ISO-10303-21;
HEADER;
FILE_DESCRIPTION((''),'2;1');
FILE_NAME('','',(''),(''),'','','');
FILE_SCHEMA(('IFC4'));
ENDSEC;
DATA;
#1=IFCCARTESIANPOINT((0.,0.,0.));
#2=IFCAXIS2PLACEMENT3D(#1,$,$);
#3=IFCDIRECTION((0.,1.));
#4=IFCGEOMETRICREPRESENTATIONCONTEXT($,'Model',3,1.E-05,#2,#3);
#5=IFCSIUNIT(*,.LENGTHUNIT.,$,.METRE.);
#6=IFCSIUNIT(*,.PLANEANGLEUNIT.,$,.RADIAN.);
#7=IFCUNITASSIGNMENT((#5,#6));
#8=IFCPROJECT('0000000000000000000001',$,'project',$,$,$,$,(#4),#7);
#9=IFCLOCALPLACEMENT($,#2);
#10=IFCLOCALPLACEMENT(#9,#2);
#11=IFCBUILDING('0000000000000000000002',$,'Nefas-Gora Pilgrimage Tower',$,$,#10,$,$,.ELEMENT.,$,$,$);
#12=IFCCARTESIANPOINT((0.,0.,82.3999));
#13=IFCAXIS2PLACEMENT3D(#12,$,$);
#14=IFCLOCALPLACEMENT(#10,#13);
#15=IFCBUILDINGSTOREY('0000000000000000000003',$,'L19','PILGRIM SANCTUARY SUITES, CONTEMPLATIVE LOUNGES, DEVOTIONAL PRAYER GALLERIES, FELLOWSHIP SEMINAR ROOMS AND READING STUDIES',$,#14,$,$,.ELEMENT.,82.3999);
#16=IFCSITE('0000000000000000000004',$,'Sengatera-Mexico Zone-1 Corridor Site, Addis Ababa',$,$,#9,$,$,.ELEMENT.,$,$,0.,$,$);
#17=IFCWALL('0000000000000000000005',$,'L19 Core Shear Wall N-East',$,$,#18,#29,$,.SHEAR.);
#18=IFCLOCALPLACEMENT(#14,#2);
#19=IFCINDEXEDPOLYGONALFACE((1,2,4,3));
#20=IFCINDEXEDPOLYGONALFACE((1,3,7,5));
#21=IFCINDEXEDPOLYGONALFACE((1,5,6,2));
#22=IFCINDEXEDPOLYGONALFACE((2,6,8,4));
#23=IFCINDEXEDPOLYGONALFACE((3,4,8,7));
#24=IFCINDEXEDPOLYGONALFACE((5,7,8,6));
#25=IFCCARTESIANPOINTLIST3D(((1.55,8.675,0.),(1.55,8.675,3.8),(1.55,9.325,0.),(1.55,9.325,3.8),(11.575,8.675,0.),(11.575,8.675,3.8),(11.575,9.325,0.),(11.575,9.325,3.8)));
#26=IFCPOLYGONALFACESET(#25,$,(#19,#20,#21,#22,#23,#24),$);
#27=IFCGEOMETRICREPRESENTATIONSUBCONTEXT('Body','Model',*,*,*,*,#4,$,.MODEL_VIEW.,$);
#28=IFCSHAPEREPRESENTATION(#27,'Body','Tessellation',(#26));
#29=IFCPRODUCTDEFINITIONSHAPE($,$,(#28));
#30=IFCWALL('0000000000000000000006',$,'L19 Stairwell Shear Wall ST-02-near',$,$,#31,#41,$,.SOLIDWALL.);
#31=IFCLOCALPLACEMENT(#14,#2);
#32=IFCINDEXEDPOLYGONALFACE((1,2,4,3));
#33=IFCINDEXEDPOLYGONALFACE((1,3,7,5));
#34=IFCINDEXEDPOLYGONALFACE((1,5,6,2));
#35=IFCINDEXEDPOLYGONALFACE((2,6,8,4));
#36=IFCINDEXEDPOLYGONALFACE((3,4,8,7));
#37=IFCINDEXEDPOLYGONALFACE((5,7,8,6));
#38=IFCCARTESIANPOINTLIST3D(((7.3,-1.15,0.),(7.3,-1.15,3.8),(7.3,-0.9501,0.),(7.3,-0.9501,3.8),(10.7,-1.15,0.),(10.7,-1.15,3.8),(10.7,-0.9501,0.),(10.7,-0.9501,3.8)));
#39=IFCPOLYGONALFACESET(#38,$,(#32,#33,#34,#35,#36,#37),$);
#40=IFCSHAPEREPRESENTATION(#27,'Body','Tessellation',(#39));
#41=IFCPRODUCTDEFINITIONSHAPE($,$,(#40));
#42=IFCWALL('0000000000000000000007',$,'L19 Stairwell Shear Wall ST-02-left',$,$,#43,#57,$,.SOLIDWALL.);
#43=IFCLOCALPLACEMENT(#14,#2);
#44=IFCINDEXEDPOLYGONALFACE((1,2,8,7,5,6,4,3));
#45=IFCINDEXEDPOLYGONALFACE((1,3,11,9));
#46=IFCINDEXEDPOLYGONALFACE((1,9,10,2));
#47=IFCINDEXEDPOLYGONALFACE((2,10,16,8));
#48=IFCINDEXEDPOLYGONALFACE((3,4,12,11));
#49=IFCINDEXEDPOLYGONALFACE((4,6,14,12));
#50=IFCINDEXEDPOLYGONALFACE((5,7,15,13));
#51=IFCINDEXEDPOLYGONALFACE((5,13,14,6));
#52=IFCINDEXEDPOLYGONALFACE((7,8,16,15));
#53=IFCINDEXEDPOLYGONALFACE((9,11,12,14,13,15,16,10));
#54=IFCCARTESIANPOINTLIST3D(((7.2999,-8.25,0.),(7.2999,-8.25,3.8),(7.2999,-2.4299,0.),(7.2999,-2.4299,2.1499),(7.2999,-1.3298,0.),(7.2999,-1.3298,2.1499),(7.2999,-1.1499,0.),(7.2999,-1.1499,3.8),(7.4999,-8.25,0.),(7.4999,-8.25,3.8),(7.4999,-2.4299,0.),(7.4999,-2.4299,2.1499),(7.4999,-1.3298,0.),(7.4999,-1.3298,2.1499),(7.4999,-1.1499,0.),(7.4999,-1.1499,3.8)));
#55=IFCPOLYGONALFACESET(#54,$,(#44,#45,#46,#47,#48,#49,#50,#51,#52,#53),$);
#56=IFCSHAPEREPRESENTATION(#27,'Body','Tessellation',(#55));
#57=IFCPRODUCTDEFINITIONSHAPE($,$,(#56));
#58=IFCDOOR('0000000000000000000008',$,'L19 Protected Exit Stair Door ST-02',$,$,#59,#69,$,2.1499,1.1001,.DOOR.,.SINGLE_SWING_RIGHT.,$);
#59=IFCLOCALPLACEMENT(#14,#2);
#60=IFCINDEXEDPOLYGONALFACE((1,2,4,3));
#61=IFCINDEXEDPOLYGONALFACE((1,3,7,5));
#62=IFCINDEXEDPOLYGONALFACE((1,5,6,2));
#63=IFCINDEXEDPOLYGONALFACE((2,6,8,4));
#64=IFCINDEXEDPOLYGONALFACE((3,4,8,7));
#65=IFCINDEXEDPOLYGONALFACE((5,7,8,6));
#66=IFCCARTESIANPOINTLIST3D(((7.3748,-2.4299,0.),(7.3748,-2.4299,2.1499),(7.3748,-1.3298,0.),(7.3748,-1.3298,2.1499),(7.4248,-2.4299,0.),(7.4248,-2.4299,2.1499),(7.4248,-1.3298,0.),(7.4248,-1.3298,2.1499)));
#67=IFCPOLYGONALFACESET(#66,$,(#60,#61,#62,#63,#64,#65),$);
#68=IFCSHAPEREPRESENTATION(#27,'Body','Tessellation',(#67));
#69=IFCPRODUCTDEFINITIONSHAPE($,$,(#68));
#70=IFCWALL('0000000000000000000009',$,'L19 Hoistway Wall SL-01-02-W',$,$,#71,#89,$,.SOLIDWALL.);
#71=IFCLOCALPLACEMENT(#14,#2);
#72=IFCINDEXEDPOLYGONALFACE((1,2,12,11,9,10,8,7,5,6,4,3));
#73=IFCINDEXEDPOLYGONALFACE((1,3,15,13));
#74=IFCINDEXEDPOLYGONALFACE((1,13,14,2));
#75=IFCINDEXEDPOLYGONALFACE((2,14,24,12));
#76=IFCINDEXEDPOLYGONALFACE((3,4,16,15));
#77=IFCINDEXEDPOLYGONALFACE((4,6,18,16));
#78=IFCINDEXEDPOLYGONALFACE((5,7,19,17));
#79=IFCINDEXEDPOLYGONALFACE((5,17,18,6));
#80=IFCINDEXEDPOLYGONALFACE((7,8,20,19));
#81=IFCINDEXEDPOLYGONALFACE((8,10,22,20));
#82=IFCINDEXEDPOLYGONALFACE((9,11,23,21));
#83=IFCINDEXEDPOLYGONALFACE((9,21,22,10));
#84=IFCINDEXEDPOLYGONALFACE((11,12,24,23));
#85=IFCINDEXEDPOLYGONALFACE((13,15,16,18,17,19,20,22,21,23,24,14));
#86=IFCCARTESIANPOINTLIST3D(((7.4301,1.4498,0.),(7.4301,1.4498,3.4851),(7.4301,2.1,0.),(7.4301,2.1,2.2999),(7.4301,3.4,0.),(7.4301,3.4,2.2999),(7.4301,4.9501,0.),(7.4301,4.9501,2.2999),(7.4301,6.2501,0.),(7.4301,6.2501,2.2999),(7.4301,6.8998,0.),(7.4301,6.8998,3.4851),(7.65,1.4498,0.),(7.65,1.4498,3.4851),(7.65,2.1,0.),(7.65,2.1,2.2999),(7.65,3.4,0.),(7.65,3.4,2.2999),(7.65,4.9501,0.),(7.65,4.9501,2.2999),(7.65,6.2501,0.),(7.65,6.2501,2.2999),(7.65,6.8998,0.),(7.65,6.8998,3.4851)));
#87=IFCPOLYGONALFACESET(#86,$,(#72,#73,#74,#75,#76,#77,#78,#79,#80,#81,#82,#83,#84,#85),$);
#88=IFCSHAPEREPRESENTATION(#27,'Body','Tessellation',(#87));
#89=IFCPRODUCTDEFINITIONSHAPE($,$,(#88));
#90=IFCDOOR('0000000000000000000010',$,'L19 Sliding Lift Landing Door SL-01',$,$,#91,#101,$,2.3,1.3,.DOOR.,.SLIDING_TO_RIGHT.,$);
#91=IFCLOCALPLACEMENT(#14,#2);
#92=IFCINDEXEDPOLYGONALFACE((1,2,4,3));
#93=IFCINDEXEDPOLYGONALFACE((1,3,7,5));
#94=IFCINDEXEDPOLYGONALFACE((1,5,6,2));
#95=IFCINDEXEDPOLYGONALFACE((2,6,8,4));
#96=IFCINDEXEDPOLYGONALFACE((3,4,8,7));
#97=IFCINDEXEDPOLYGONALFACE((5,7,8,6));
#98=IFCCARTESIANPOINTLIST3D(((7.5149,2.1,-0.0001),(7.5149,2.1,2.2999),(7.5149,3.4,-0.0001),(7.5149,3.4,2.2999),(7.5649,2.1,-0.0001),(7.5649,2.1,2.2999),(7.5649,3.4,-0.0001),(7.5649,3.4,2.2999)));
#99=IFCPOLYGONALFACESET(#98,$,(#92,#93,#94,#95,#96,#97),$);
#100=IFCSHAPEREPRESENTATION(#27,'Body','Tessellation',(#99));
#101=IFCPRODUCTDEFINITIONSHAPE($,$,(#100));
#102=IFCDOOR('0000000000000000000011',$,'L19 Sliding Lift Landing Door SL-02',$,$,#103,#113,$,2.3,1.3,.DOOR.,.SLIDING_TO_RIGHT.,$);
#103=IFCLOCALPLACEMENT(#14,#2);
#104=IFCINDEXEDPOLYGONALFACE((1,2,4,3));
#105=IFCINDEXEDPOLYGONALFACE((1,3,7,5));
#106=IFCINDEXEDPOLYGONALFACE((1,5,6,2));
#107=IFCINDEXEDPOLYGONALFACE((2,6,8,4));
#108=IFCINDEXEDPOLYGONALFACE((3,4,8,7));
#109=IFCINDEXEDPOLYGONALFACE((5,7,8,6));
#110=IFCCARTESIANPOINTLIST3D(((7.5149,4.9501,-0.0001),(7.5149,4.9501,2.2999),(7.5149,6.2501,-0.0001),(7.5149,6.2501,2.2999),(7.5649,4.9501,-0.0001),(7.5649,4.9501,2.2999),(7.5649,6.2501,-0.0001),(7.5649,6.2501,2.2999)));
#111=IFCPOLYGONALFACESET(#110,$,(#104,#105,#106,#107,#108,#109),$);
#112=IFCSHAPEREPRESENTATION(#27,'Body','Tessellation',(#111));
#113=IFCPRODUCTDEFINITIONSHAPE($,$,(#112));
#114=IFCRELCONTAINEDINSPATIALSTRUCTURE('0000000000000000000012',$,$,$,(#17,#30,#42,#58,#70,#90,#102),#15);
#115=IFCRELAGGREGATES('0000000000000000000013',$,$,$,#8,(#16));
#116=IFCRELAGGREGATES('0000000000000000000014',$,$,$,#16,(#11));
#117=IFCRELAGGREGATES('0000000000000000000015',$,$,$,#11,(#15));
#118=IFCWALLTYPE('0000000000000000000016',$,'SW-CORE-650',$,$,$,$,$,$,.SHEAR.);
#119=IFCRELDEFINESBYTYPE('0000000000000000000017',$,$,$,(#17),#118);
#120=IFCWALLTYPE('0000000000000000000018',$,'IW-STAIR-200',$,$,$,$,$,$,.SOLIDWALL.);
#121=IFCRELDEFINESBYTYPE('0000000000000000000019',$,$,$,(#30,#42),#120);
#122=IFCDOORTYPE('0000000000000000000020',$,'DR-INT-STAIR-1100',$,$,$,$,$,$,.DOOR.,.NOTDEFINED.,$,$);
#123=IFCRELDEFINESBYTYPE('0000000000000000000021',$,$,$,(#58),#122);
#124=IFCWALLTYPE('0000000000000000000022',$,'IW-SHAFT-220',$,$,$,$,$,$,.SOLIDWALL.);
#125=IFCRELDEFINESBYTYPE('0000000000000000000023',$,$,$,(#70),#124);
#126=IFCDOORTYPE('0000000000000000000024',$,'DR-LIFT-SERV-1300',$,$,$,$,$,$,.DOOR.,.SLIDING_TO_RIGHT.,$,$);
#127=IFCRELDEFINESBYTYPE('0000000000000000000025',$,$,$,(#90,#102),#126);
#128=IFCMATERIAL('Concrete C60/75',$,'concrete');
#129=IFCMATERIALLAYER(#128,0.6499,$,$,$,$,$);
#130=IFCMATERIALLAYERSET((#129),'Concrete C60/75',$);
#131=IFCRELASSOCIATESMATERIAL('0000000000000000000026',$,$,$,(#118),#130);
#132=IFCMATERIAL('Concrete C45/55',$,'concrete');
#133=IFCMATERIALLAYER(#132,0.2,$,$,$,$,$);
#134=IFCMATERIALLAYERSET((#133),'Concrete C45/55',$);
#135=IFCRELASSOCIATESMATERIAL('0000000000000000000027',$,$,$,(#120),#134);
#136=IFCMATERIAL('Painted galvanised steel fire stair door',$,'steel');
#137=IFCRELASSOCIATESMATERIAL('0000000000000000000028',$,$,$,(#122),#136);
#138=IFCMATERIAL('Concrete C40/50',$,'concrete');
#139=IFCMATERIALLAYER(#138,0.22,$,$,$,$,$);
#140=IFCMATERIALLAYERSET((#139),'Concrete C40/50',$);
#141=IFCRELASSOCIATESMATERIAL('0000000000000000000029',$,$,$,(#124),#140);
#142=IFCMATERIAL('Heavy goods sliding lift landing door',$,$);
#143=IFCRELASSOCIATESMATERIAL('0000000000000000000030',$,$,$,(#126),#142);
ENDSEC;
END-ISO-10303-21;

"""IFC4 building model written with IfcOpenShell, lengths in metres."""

from ifc_helpers import new_model, si_unit, direction, frame, frame_2d, origin, place, context, subcontext, project, spatial, rectangle, extrude, source, transform, mapped, material, layer, layer_set, type_object, element, fill, save


model = new_model("IFC4")

# Units and contexts
model_context = context("Model", 3, precision=1e-05, world=origin(), true_north=direction((0.0, 1.0)))
body_context = subcontext(model_context, "Body", "Model", "MODEL_VIEW")
ifc_project = project(units=[si_unit("LENGTHUNIT", "METRE"), si_unit("PLANEANGLEUNIT", "RADIAN")], contexts=[model_context])

# Site, building, storey
site_placement = place(None, origin())
site = spatial("IfcSite", under=ifc_project, at=site_placement, Name="Sengatera-Mexico Zone-1 Corridor Site, Addis Ababa", CompositionType="ELEMENT", RefElevation=0.0)
building_placement = place(site_placement, origin())
building = spatial("IfcBuilding", under=site, at=building_placement, Name="Nefas-Gora Pilgrimage Tower", CompositionType="ELEMENT")
storey_placement = place(building_placement, frame((0.0, 0.0, 82.3999)))
storey = spatial("IfcBuildingStorey", under=building, at=storey_placement, Name="L19", Description="PILGRIM SANCTUARY SUITES, CONTEMPLATIVE LOUNGES, DEVOTIONAL PRAYER GALLERIES, FELLOWSHIP SEMINAR ROOMS AND READING STUDIES", CompositionType="ELEMENT", Elevation=82.3999)

# Walls
ifc_material_1 = material(Name="Concrete C60/75", Category="concrete")
ifc_layer_1 = layer(ifc_material_1, 0.6499)
ifc_layer_set_1 = layer_set([ifc_layer_1], Name="Concrete C60/75")
wall_type_1 = type_object("IfcWallType", Name="SW-CORE-650", PredefinedType="SHEAR", material=ifc_layer_set_1)
shared_shape_1 = source(origin(), body_context, "Body", "SweptSolid", [
    extrude(rectangle(XDim=10.0249, YDim=0.6499, at=frame_2d((5.0125, 0.0))), origin(), (0.0, 0.0, 1.0), 3.8),
])
wall_1_placement = place(storey_placement, frame((1.55, 9.0, 0.0), z_axis=(0.0, 0.0, 1.0), x_axis=(1.0, 0.0, 0.0)))
element("IfcWall", 1, at=wall_1_placement, inside=storey, type_object=wall_type_1, Name="L19 Core Shear Wall N-East", PredefinedType="SHEAR", context=body_context, shape_type="MappedRepresentation", body=[
    mapped(shared_shape_1, transform((0.0, 0.0, 0.0), x_axis=(1.0, 0.0, 0.0), y_axis=(0.0, 1.0, 0.0), z_axis=(0.0, 0.0, 1.0), scale=1.0)),
])
ifc_material_2 = material(Name="Concrete C45/55", Category="concrete")
ifc_layer_2 = layer(ifc_material_2, 0.2)
ifc_layer_set_2 = layer_set([ifc_layer_2], Name="Concrete C45/55")
wall_type_2 = type_object("IfcWallType", Name="IW-STAIR-200", PredefinedType="SOLIDWALL", material=ifc_layer_set_2)
shared_shape_2 = source(origin(), body_context, "Body", "SweptSolid", [
    extrude(rectangle(XDim=3.3999, YDim=0.2, at=frame_2d((1.7, 0.0))), origin(), (0.0, 0.0, 1.0), 3.8),
])
wall_2_placement = place(storey_placement, frame((7.3, -1.05, 0.0), z_axis=(0.0, 0.0, 1.0), x_axis=(1.0, 0.0, 0.0)))
element("IfcWall", 2, at=wall_2_placement, inside=storey, type_object=wall_type_2, Name="L19 Stairwell Shear Wall ST-02-near", PredefinedType="SOLIDWALL", context=body_context, shape_type="MappedRepresentation", body=[
    mapped(shared_shape_2, transform((0.0, 0.0, 0.0), x_axis=(1.0, 0.0, 0.0), y_axis=(0.0, 1.0, 0.0), z_axis=(0.0, 0.0, 1.0), scale=1.0)),
])

# Wall, opening, door
shared_shape_3 = source(origin(), body_context, "Body", "SweptSolid", [
    extrude(rectangle(XDim=7.1001, YDim=0.2, at=frame_2d((3.55, 0.0))), origin(), (0.0, 0.0, 1.0), 3.8),
])
wall_3_placement = place(storey_placement, frame((7.3999, -1.1499, 0.0), z_axis=(0.0, 0.0, 1.0), x_axis=(0.0, -1.0, 0.0)))
wall_3 = element("IfcWall", 3, at=wall_3_placement, inside=storey, type_object=wall_type_2, Name="L19 Stairwell Shear Wall ST-02-left", PredefinedType="SOLIDWALL", context=body_context, shape_type="MappedRepresentation", body=[
    mapped(shared_shape_3, transform((0.0, 0.0, 0.0), x_axis=(1.0, 0.0, 0.0), y_axis=(0.0, 1.0, 0.0), z_axis=(0.0, 0.0, 1.0), scale=1.0)),
])
opening_1_placement = place(wall_3_placement, frame((0.1799, 0.0, 0.0)))
opening_1 = element("IfcOpeningElement", 4, at=opening_1_placement, cuts=wall_3, PredefinedType="OPENING", context=body_context, shape_type="SweptSolid", body=[
    extrude(rectangle(XDim=1.1001, YDim=2.1499, at=frame_2d((0.55, 1.075))), frame((0.0, 0.1099, 0.0), z_axis=(0.0, -1.0, 0.0), x_axis=(1.0, 0.0, 0.0)), (0.0, 0.0, 1.0), 0.22),
])
ifc_material_3 = material(Name="Painted galvanised steel fire stair door", Category="steel")
door_type_1 = type_object("IfcDoorType", Name="DR-INT-STAIR-1100", OperationType="NOTDEFINED", PredefinedType="DOOR", material=ifc_material_3)
shared_shape_4 = source(origin(), body_context, "Body", "SweptSolid", [
    extrude(rectangle(XDim=1.1001, YDim=2.1499, at=frame_2d((0.55, 1.075))), frame((0.0, 0.0249, 0.0), z_axis=(0.0, -1.0, 0.0), x_axis=(1.0, 0.0, 0.0)), (0.0, 0.0, 1.0), 0.05),
])
door_1_placement = place(opening_1_placement, origin())
door_1 = element("IfcDoor", 5, at=door_1_placement, inside=storey, type_object=door_type_1, Name="L19 Protected Exit Stair Door ST-02", OperationType="SINGLE_SWING_RIGHT", OverallHeight=2.1499, OverallWidth=1.1001, PredefinedType="DOOR", context=body_context, shape_type="MappedRepresentation", body=[
    mapped(shared_shape_4, transform((0.0, 0.0, 0.0), x_axis=(1.0, 0.0, 0.0), y_axis=(0.0, 1.0, 0.0), z_axis=(0.0, 0.0, 1.0), scale=1.0)),
])
fill(opening_1, door_1)

# Wall, openings, doors
ifc_material_4 = material(Name="Concrete C40/50", Category="concrete")
ifc_layer_3 = layer(ifc_material_4, 0.22)
ifc_layer_set_3 = layer_set([ifc_layer_3], Name="Concrete C40/50")
wall_type_3 = type_object("IfcWallType", Name="IW-SHAFT-220", PredefinedType="SOLIDWALL", material=ifc_layer_set_3)
shared_shape_5 = source(origin(), body_context, "Body", "SweptSolid", [
    extrude(rectangle(XDim=5.45, YDim=0.22, at=frame_2d((2.7251, 0.0))), origin(), (0.0, 0.0, 1.0), 3.4851),
])
wall_4_placement = place(storey_placement, frame((7.54, 6.8999, 0.0), z_axis=(0.0, 0.0, 1.0), x_axis=(0.0, -1.0, 0.0)))
wall_4 = element("IfcWall", 6, at=wall_4_placement, inside=storey, type_object=wall_type_3, Name="L19 Hoistway Wall SL-01-02-W", PredefinedType="SOLIDWALL", context=body_context, shape_type="MappedRepresentation", body=[
    mapped(shared_shape_5, transform((0.0, 0.0, 0.0), x_axis=(1.0, 0.0, 0.0), y_axis=(0.0, 1.0, 0.0), z_axis=(0.0, 0.0, 1.0), scale=1.0)),
])
opening_2_placement = place(wall_4_placement, frame((3.5, 0.0, 0.0)))
opening_2 = element("IfcOpeningElement", 7, at=opening_2_placement, cuts=wall_4, PredefinedType="OPENING", context=body_context, shape_type="SweptSolid", body=[
    extrude(rectangle(XDim=1.3, YDim=2.3, at=frame_2d((0.6499, 1.1499))), frame((0.0, 0.1199, 0.0), z_axis=(0.0, -1.0, 0.0), x_axis=(1.0, 0.0, 0.0)), (0.0, 0.0, 1.0), 0.24),
])
opening_3_placement = place(wall_4_placement, frame((0.6499, 0.0, 0.0)))
opening_3 = element("IfcOpeningElement", 8, at=opening_3_placement, cuts=wall_4, PredefinedType="OPENING", context=body_context, shape_type="SweptSolid", body=[
    extrude(rectangle(XDim=1.3, YDim=2.3, at=frame_2d((0.6499, 1.1499))), frame((0.0, 0.1199, 0.0), z_axis=(0.0, -1.0, 0.0), x_axis=(1.0, 0.0, 0.0)), (0.0, 0.0, 1.0), 0.24),
])
ifc_material_5 = material(Name="Heavy goods sliding lift landing door")
door_type_2 = type_object("IfcDoorType", Name="DR-LIFT-SERV-1300", OperationType="SLIDING_TO_RIGHT", PredefinedType="DOOR", material=ifc_material_5)
shared_shape_6 = source(origin(), body_context, "Body", "SweptSolid", [
    extrude(rectangle(XDim=1.3, YDim=2.3, at=frame_2d((0.6499, 1.1499))), frame((0.0, 0.0249, 0.0), z_axis=(0.0, -1.0, 0.0), x_axis=(1.0, 0.0, 0.0)), (0.0, 0.0, 1.0), 0.05),
])
door_2_placement = place(opening_2_placement, origin())
door_2 = element("IfcDoor", 9, at=door_2_placement, inside=storey, type_object=door_type_2, Name="L19 Sliding Lift Landing Door SL-01", OperationType="SLIDING_TO_RIGHT", OverallHeight=2.3, OverallWidth=1.3, PredefinedType="DOOR", context=body_context, shape_type="MappedRepresentation", body=[
    mapped(shared_shape_6, transform((0.0, 0.0, 0.0), x_axis=(1.0, 0.0, 0.0), y_axis=(0.0, 1.0, 0.0), z_axis=(0.0, 0.0, 1.0), scale=1.0)),
])
fill(opening_2, door_2)
door_3_placement = place(opening_3_placement, origin())
door_3 = element("IfcDoor", 10, at=door_3_placement, inside=storey, type_object=door_type_2, Name="L19 Sliding Lift Landing Door SL-02", OperationType="SLIDING_TO_RIGHT", OverallHeight=2.3, OverallWidth=1.3, PredefinedType="DOOR", context=body_context, shape_type="MappedRepresentation", body=[
    mapped(shared_shape_6, transform((0.0, 0.0, 0.0), x_axis=(1.0, 0.0, 0.0), y_axis=(0.0, 1.0, 0.0), z_axis=(0.0, 0.0, 1.0), scale=1.0)),
])
fill(opening_3, door_3)

save(model, "model.ifc")
